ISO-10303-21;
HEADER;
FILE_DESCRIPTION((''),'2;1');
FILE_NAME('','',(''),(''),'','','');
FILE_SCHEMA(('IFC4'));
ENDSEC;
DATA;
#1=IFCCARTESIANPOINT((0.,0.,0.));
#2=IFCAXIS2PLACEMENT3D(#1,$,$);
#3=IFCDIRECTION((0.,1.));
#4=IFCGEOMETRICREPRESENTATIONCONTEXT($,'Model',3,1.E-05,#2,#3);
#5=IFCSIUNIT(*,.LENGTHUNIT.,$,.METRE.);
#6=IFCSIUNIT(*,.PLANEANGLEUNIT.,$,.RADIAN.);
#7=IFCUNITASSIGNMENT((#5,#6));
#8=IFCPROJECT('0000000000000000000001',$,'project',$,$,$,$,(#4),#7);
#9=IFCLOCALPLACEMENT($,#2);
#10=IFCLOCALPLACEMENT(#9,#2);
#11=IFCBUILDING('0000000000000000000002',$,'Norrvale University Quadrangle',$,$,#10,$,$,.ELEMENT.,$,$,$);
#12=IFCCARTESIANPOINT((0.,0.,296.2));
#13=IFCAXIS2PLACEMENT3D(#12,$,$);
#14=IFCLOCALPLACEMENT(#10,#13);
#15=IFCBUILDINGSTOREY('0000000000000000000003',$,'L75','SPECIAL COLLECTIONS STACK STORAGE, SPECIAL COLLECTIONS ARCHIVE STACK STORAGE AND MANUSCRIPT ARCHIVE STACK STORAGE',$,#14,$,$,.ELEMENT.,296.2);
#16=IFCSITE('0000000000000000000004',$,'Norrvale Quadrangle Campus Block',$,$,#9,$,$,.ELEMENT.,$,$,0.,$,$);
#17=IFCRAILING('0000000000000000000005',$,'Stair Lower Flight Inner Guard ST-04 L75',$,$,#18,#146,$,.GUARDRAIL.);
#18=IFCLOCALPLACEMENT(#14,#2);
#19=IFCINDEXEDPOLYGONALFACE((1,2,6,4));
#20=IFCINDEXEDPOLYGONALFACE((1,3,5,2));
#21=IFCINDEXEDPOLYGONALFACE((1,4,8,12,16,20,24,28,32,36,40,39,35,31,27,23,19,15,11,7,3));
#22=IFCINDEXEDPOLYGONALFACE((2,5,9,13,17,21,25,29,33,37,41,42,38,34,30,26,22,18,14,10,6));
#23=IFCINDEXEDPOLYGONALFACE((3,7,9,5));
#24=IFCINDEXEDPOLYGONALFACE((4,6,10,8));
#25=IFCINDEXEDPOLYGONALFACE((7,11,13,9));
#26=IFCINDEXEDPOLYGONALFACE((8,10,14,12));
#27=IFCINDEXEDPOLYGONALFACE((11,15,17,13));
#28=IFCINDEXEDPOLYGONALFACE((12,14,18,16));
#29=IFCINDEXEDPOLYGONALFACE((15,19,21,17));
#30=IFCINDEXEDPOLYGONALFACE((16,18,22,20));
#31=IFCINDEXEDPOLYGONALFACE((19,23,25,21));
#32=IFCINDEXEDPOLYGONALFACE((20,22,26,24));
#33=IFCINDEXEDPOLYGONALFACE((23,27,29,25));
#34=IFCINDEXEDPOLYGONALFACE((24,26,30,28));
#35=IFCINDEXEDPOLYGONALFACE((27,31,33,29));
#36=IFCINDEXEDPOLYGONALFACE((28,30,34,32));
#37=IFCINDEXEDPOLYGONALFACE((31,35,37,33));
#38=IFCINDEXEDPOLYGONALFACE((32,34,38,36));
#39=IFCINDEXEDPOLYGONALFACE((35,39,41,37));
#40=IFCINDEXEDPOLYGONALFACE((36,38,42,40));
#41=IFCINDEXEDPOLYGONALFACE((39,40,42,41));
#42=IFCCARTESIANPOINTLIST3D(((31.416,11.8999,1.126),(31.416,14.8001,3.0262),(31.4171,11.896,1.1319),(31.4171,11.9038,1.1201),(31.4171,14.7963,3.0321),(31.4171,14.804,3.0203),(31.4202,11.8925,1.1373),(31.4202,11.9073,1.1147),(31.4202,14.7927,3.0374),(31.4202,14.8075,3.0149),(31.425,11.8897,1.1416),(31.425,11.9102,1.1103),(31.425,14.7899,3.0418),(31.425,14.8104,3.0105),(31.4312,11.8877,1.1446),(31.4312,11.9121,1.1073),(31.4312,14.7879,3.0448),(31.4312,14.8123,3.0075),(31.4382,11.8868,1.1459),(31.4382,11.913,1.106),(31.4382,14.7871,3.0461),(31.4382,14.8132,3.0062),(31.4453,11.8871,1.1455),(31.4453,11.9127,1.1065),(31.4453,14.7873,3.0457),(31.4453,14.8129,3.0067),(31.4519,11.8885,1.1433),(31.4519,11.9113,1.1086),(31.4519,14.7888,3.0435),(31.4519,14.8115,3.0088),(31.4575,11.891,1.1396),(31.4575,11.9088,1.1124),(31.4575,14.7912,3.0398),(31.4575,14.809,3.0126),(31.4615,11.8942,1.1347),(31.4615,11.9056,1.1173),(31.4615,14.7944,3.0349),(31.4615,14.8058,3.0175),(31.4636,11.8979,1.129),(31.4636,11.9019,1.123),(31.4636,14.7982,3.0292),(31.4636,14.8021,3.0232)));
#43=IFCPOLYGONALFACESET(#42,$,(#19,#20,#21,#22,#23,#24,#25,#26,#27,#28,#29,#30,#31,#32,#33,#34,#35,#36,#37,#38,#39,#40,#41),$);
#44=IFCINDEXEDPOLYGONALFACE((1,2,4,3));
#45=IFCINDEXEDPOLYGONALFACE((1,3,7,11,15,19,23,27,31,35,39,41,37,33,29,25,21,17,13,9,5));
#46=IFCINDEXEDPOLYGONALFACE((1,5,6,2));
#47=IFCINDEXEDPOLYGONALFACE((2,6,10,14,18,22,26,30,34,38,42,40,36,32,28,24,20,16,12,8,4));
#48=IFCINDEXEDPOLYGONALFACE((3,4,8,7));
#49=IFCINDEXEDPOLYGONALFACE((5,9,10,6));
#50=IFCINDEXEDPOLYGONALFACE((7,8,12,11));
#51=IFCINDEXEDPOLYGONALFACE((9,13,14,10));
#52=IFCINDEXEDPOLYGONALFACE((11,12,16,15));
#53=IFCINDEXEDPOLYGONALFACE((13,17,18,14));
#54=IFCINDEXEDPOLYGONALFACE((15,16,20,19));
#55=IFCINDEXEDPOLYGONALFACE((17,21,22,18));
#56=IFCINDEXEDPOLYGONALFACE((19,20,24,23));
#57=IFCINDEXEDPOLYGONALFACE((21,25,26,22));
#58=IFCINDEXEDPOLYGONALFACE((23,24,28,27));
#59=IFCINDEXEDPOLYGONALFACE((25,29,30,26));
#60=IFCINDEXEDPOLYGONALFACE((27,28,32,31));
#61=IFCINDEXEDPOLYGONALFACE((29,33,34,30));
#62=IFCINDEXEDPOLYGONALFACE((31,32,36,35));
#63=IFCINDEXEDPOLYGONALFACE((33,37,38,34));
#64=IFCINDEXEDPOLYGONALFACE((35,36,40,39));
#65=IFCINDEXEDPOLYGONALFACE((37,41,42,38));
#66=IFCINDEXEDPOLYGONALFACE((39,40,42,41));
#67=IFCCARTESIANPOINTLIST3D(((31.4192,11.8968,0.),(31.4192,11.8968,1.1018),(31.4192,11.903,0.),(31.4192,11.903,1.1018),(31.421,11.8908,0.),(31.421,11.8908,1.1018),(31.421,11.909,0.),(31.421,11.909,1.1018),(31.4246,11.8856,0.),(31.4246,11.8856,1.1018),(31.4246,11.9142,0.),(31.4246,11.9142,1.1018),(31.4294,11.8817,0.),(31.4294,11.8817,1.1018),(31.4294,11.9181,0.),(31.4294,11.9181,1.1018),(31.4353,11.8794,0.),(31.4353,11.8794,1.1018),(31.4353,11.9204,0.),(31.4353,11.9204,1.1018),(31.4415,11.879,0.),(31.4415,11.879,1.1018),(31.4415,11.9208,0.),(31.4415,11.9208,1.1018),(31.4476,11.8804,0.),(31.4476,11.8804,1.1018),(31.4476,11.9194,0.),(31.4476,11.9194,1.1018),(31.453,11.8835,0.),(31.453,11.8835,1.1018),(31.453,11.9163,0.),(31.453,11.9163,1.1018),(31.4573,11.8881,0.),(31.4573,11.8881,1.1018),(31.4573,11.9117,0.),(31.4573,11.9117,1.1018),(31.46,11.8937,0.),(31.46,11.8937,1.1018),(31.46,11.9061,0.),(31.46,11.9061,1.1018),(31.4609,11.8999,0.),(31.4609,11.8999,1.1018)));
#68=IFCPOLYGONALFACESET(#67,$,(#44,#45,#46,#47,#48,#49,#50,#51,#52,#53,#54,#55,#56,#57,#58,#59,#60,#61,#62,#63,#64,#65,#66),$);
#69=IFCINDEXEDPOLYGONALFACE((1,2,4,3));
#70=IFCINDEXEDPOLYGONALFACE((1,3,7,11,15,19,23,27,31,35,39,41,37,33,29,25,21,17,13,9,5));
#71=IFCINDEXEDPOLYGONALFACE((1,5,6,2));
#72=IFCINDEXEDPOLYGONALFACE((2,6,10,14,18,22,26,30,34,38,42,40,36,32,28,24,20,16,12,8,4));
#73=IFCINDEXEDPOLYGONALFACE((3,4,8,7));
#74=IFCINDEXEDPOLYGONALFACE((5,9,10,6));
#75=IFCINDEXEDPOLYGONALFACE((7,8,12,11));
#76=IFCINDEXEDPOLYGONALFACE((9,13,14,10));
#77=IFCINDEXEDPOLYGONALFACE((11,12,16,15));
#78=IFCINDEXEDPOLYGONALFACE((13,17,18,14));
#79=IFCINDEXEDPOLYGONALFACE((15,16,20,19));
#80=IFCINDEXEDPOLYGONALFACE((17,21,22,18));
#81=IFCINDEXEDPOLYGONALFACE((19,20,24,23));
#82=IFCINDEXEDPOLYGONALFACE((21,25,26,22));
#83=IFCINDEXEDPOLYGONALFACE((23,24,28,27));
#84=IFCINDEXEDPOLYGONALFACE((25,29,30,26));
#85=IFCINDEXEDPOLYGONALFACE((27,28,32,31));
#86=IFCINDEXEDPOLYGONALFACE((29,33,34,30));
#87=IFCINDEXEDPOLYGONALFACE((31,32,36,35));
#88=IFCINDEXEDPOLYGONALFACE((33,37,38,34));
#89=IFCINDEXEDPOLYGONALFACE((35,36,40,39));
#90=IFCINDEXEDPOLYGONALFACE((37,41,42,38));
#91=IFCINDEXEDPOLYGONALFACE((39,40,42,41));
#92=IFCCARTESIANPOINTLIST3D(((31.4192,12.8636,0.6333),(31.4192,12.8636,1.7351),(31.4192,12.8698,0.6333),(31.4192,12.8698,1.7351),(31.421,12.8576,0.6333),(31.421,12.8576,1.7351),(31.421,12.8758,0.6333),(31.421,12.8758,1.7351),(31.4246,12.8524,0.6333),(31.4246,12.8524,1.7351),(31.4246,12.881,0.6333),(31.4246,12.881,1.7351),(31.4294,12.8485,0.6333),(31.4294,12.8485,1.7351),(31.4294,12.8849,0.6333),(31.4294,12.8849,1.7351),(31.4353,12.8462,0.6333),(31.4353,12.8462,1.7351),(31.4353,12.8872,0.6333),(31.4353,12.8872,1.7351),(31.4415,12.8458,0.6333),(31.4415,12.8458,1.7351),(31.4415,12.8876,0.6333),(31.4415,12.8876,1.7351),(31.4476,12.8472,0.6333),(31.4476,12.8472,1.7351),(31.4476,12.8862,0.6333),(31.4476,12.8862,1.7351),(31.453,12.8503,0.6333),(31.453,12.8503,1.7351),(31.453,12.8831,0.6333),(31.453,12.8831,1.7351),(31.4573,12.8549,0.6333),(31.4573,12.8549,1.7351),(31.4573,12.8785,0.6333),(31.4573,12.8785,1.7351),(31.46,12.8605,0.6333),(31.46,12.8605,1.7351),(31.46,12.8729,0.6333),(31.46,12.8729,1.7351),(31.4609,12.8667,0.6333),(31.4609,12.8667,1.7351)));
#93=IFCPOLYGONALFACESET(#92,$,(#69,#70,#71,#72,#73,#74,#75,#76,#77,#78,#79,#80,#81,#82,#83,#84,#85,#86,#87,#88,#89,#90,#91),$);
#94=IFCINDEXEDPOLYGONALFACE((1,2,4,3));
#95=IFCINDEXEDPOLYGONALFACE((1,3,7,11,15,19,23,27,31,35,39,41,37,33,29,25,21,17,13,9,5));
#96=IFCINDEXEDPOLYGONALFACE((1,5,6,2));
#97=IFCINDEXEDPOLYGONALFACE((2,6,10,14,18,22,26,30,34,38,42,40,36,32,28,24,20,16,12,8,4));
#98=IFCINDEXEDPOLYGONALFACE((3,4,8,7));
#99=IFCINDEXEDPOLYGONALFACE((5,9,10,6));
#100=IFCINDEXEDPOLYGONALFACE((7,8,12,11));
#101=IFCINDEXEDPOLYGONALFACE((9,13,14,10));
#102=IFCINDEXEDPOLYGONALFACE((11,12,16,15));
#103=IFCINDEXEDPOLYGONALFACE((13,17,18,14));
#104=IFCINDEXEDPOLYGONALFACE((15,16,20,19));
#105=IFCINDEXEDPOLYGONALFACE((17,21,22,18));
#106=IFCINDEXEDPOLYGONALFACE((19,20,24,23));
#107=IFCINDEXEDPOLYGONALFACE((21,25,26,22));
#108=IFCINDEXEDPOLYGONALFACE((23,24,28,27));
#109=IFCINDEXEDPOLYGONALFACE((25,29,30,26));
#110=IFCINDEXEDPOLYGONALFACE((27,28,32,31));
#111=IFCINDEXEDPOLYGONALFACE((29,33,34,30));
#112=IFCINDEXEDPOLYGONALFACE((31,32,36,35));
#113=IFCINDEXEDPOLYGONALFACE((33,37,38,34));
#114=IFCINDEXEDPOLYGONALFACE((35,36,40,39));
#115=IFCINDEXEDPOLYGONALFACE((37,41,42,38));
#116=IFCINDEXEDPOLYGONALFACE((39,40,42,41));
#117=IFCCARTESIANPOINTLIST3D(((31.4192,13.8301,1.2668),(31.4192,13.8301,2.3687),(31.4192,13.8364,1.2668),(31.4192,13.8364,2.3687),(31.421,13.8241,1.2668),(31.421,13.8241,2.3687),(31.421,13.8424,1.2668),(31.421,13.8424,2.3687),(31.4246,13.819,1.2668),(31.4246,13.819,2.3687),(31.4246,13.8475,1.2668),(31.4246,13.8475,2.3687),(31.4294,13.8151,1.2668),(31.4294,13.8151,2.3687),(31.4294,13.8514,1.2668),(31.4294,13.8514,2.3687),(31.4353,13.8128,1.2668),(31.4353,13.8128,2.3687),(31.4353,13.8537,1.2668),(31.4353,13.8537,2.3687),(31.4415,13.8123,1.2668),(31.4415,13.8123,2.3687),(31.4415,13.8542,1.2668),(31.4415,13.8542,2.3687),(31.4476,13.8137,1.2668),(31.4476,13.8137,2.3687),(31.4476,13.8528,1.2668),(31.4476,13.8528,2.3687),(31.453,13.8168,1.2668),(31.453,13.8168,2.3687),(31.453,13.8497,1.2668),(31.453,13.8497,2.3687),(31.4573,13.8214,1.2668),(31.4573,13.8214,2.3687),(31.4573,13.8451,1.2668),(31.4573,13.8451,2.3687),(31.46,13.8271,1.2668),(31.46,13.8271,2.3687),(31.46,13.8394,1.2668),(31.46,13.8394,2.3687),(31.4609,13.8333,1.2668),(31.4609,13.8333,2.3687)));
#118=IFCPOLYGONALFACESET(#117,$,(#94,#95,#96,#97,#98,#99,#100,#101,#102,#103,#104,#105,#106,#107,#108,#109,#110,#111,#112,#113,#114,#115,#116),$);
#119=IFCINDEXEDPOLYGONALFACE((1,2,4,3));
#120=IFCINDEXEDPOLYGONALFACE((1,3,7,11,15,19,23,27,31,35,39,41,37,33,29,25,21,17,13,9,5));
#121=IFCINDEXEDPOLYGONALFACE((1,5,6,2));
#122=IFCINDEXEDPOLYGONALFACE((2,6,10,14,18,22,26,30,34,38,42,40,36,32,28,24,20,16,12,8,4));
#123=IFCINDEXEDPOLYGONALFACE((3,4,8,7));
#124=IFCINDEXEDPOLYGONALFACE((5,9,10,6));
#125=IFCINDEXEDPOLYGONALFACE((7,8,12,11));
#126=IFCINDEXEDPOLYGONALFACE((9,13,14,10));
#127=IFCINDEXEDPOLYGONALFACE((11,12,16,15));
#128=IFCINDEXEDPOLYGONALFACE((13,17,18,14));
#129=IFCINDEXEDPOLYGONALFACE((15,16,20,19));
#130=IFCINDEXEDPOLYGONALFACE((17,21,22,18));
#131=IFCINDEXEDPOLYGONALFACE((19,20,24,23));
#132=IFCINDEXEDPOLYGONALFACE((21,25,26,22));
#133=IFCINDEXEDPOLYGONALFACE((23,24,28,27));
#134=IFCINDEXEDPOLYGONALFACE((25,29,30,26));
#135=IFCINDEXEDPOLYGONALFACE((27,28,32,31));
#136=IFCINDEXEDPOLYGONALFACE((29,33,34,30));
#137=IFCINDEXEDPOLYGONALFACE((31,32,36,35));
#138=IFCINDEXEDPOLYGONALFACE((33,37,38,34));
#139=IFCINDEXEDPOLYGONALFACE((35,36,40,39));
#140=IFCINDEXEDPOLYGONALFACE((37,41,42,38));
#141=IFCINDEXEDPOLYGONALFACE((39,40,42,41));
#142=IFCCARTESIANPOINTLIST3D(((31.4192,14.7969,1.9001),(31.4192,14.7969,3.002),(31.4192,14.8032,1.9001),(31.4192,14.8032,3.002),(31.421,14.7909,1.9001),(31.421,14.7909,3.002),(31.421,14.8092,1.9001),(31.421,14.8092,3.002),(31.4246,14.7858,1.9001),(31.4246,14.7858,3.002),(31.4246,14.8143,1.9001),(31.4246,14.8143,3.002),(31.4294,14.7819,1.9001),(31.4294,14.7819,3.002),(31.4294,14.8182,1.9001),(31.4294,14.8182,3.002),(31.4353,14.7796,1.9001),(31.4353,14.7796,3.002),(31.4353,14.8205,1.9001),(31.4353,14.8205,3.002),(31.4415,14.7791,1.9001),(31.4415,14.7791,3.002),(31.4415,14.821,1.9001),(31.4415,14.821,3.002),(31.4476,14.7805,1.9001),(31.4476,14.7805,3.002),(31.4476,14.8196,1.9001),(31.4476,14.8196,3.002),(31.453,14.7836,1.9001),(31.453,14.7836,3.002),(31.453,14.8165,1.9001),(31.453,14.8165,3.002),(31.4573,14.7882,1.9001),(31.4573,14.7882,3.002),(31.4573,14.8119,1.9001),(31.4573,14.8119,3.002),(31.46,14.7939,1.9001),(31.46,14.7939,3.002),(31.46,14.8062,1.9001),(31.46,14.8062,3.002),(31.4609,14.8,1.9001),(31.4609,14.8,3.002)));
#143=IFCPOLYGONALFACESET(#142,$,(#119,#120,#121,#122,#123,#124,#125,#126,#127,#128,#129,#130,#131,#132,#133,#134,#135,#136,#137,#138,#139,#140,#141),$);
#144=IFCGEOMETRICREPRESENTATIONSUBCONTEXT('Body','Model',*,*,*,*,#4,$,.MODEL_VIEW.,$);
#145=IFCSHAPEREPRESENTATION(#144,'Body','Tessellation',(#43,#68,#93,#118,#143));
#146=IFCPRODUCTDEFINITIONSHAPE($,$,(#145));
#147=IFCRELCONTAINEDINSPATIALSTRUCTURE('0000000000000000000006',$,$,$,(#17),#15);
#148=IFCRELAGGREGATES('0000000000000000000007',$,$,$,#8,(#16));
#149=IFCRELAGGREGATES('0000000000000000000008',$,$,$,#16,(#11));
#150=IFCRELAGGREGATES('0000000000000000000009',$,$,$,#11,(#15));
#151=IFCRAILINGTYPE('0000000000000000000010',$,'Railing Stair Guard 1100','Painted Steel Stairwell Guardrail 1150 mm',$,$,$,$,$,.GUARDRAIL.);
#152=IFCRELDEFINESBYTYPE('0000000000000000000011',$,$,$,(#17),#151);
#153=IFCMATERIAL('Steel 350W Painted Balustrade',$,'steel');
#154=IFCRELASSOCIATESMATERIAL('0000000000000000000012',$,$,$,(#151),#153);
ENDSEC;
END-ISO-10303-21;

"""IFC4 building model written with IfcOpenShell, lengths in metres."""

from ifc_helpers import new_model, si_unit, direction, frame, origin, origin_2d, place, context, subcontext, project, spatial, circle, extrude, material, type_object, element, save


model = new_model("IFC4")

# Units and contexts
model_context = context("Model", 3, precision=1e-05, world=origin(), true_north=direction((0.0, 1.0)))
body_context = subcontext(model_context, "Body", "Model", "MODEL_VIEW")
ifc_project = project(units=[si_unit("LENGTHUNIT", "METRE"), si_unit("PLANEANGLEUNIT", "RADIAN")], contexts=[model_context])

# Site, building, storey
site_placement = place(None, origin())
site = spatial("IfcSite", under=ifc_project, at=site_placement, Name="Norrvale Quadrangle Campus Block", CompositionType="ELEMENT", RefElevation=0.0)
building_placement = place(site_placement, origin())
building = spatial("IfcBuilding", under=site, at=building_placement, Name="Norrvale University Quadrangle", CompositionType="ELEMENT")
storey_placement = place(building_placement, frame((0.0, 0.0, 296.2)))
storey = spatial("IfcBuildingStorey", under=building, at=storey_placement, Name="L75", Description="SPECIAL COLLECTIONS STACK STORAGE, SPECIAL COLLECTIONS ARCHIVE STACK STORAGE AND MANUSCRIPT ARCHIVE STACK STORAGE", CompositionType="ELEMENT", Elevation=296.2)

# Railing
ifc_material_1 = material(Name="Steel 350W Painted Balustrade", Category="steel")
railing_type_1 = type_object("IfcRailingType", Name="Railing Stair Guard 1100", Description="Painted Steel Stairwell Guardrail 1150 mm", PredefinedType="GUARDRAIL", material=ifc_material_1)
railing_1_placement = place(storey_placement, frame((31.4399, 11.8999, 0.0)))
element("IfcRailing", 1, at=railing_1_placement, inside=storey, type_object=railing_type_1, Name="Stair Lower Flight Inner Guard ST-04 L75", PredefinedType="GUARDRAIL", context=body_context, shape_type="SweptSolid", body=[
    extrude(circle(Radius=0.0239, at=origin_2d()), frame((0.0, 0.0, 1.126), z_axis=(0.0, 0.836454, 0.548036), x_axis=(-1.0, 0.0, 0.0)), (0.0, 0.0, 1.0), 3.4673),
    extrude(circle(Radius=0.021, at=origin_2d()), origin(), (0.0, 0.0, 1.0), 1.1018),
    extrude(circle(Radius=0.021, at=origin_2d()), frame((0.0, 0.9668, 0.6333)), (0.0, 0.0, 1.0), 1.1018),
    extrude(circle(Radius=0.021, at=origin_2d()), frame((0.0, 1.9333, 1.2668)), (0.0, 0.0, 1.0), 1.1018),
    extrude(circle(Radius=0.021, at=origin_2d()), frame((0.0, 2.9001, 1.9001)), (0.0, 0.0, 1.0), 1.1018),
])

save(model, "model.ifc")
